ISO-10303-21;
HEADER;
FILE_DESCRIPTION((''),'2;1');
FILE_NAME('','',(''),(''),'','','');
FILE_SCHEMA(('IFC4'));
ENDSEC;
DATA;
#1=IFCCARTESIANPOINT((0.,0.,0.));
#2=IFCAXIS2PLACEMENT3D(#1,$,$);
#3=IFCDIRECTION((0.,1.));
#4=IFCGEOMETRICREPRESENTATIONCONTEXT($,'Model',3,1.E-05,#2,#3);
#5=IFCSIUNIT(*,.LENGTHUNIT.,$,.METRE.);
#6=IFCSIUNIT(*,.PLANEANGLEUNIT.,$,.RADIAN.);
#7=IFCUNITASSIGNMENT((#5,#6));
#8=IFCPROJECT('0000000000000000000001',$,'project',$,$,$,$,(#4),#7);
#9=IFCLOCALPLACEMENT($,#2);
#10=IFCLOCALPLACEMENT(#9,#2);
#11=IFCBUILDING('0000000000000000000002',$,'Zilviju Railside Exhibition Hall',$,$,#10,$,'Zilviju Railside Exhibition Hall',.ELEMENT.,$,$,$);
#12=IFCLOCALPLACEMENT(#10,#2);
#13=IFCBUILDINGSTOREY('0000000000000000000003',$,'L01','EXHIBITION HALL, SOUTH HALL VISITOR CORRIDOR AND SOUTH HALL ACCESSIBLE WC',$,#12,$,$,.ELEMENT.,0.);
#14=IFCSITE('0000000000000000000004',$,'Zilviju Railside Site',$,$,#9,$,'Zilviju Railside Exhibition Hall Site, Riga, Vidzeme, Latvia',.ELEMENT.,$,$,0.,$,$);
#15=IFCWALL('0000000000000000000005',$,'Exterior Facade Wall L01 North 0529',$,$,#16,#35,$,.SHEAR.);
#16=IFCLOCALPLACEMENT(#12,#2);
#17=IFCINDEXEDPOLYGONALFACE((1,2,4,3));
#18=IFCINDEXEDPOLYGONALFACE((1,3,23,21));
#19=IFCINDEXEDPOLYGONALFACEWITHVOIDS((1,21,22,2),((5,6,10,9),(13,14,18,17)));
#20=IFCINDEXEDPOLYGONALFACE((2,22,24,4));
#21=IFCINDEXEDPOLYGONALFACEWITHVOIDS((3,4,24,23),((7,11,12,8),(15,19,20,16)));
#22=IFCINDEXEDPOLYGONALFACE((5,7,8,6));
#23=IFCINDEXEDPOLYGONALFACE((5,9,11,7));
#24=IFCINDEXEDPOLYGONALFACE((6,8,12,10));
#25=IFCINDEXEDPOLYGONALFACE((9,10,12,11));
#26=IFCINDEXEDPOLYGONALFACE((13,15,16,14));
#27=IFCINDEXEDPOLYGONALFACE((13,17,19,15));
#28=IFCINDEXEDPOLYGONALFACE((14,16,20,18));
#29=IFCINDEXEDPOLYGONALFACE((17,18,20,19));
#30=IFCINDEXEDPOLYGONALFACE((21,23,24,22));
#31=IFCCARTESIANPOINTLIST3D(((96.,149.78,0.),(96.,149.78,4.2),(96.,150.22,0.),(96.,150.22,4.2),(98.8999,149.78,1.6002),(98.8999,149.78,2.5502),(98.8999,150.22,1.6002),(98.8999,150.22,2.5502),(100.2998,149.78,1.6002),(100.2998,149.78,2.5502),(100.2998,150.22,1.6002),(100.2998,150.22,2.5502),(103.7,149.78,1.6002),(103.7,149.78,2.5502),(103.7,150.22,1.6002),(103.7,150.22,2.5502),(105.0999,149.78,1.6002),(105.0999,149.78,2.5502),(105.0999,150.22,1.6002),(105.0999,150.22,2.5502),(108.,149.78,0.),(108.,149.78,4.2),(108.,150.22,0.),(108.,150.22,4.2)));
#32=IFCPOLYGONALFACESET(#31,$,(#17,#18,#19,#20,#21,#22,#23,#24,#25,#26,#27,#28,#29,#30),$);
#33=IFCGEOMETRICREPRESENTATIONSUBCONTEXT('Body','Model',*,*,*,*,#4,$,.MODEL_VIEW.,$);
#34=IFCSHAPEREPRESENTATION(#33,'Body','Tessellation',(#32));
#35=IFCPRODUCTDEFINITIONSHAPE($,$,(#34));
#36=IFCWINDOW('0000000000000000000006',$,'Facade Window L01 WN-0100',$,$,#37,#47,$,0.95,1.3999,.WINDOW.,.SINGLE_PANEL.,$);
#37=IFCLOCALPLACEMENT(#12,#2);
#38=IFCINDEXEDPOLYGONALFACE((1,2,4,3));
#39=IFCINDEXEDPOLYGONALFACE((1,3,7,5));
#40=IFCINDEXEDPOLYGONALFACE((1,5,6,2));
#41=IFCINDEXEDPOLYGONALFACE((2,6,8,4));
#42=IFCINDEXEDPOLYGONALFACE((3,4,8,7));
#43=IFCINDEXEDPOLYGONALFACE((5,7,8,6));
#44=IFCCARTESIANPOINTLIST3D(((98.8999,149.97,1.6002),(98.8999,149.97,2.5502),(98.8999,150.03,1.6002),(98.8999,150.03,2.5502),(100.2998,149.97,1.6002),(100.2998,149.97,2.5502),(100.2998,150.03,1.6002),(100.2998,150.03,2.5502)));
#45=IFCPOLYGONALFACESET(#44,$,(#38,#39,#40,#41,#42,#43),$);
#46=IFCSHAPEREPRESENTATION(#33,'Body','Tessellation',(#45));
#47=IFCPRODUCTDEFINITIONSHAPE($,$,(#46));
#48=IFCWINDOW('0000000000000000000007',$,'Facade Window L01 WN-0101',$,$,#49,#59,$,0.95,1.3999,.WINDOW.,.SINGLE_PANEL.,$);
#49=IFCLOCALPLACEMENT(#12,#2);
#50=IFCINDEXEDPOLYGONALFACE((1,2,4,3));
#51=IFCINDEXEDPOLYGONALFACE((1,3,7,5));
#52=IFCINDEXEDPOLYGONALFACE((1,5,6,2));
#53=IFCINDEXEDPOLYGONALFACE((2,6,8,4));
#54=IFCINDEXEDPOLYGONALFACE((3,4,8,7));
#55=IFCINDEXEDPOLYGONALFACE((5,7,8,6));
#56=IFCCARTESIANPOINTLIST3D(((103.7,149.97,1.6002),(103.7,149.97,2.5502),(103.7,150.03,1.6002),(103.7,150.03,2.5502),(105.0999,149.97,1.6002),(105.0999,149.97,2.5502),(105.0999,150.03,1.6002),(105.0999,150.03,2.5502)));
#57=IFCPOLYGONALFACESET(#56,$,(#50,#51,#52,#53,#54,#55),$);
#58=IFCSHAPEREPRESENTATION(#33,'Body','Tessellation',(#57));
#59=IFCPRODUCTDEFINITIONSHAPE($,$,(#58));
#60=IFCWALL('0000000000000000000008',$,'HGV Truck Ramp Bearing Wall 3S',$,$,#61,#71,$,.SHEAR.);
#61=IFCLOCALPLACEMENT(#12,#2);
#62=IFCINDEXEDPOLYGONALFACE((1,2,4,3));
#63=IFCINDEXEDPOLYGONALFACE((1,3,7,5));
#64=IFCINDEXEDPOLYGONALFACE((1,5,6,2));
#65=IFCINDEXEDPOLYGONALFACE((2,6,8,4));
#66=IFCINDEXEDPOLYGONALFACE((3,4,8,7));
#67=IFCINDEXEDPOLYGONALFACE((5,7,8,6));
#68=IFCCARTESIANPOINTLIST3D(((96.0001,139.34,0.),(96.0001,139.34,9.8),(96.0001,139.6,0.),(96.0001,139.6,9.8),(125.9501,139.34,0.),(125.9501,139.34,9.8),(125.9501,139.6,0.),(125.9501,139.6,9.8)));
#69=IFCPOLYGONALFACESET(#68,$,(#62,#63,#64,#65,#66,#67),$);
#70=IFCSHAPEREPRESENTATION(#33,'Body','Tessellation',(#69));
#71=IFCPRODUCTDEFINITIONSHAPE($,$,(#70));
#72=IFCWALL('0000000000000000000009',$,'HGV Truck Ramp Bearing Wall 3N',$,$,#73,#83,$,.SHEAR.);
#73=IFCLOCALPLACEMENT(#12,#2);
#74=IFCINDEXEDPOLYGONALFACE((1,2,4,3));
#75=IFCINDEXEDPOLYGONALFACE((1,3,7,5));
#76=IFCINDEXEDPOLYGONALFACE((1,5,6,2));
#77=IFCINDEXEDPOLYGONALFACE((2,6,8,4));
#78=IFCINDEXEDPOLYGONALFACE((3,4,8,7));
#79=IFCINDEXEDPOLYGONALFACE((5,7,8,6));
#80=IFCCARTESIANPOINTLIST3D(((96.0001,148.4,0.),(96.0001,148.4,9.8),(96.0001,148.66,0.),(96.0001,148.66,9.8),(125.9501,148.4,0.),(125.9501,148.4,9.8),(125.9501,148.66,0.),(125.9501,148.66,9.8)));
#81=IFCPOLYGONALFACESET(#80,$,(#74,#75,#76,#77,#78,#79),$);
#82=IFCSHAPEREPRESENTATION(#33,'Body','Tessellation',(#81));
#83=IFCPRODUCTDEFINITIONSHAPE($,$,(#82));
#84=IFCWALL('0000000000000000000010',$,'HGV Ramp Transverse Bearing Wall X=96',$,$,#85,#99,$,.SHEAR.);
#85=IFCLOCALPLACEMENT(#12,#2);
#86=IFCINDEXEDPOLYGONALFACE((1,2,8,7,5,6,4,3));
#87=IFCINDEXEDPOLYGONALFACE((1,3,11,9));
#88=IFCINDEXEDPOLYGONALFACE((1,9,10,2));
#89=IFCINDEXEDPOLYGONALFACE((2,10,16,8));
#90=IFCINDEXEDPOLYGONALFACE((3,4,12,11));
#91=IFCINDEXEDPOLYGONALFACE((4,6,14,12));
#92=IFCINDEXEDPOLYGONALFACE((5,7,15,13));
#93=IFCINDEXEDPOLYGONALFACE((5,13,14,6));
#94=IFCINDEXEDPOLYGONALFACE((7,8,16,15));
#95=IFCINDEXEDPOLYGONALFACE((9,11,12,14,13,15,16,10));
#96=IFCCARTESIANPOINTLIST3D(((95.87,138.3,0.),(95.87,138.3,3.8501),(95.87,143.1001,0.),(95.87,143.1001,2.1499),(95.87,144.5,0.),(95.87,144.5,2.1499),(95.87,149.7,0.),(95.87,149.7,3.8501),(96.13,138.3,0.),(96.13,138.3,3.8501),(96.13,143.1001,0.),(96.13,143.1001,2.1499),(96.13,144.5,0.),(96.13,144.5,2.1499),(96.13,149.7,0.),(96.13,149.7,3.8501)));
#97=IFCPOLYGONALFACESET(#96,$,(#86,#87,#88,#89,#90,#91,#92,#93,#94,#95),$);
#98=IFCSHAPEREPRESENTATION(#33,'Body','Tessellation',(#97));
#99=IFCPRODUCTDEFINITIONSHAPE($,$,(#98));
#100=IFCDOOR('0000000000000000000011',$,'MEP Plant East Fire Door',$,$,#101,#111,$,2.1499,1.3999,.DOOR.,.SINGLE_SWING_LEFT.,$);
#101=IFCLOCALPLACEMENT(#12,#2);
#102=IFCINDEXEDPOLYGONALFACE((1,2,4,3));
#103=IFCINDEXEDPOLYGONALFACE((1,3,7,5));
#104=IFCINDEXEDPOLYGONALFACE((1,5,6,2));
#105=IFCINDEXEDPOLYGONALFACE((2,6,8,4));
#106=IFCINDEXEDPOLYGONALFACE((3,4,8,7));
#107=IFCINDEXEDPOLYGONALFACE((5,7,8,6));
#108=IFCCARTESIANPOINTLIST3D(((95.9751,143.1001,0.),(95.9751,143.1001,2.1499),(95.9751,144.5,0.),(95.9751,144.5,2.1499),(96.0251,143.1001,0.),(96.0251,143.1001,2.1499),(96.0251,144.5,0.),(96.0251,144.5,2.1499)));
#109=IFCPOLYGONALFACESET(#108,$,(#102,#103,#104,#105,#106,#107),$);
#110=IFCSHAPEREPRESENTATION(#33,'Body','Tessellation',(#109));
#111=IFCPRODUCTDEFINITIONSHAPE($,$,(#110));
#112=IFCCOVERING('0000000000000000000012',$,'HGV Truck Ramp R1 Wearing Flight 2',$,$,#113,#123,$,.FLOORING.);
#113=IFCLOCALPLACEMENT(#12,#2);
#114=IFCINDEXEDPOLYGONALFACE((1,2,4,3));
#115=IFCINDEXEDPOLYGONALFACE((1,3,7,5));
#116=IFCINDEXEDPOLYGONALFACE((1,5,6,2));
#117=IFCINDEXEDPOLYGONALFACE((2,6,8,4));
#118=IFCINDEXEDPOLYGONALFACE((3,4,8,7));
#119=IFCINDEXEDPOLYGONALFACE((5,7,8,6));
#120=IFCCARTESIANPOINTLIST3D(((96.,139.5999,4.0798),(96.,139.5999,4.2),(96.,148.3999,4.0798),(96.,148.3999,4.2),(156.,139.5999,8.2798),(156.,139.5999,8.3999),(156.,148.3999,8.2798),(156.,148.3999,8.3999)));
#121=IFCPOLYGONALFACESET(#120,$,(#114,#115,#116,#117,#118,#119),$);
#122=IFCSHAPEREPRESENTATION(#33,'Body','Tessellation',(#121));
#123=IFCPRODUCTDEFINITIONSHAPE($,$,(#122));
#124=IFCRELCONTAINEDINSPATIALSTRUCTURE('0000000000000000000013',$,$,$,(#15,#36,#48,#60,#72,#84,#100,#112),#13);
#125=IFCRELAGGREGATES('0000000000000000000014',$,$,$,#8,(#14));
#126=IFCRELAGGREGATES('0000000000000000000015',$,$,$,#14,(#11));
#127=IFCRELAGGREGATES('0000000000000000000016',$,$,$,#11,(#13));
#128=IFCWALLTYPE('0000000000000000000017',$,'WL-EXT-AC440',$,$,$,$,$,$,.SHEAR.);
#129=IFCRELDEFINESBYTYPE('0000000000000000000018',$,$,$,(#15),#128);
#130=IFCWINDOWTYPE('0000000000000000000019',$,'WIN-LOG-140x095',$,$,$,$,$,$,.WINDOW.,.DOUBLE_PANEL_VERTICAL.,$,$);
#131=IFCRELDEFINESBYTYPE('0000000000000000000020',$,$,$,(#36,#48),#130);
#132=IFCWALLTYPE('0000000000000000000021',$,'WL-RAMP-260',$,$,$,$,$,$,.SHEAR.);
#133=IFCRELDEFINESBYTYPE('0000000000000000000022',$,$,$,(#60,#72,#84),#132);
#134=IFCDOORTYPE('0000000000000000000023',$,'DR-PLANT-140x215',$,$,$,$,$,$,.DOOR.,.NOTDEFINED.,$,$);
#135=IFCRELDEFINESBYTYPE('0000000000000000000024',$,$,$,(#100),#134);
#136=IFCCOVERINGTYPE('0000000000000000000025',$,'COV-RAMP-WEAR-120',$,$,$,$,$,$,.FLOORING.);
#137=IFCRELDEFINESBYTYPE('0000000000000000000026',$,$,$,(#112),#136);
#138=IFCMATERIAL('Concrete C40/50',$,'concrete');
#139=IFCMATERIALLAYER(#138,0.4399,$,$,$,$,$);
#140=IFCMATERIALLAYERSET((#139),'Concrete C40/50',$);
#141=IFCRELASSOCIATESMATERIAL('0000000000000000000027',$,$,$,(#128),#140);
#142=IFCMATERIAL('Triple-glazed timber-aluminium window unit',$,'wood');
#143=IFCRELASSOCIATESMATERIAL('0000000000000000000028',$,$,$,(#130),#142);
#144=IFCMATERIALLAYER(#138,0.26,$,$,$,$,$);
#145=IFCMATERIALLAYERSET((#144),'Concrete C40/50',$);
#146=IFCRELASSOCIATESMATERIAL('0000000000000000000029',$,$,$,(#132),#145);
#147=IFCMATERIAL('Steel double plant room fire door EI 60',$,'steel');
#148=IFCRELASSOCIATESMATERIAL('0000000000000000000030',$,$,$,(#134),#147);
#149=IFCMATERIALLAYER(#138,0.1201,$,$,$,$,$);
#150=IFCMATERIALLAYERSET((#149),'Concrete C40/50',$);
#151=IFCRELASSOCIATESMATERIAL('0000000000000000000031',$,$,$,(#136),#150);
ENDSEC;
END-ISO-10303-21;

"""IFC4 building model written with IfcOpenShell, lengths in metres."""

from ifc_helpers import new_model, si_unit, direction, frame, frame_2d, origin, place, context, subcontext, project, spatial, polyline, rectangle, outline, extrude, material, layer, layer_set, type_object, element, fill, save


model = new_model("IFC4")

# Units and contexts
model_context = context("Model", 3, precision=1e-05, world=origin(), true_north=direction((0.0, 1.0)))
body_context = subcontext(model_context, "Body", "Model", "MODEL_VIEW")
ifc_project = project(units=[si_unit("LENGTHUNIT", "METRE"), si_unit("PLANEANGLEUNIT", "RADIAN")], contexts=[model_context])

# Site, building, storey
site_placement = place(None, origin())
site = spatial("IfcSite", under=ifc_project, at=site_placement, Name="Zilviju Railside Site", LongName="Zilviju Railside Exhibition Hall Site, Riga, Vidzeme, Latvia", CompositionType="ELEMENT", RefElevation=0.0)
building_placement = place(site_placement, origin())
building = spatial("IfcBuilding", under=site, at=building_placement, Name="Zilviju Railside Exhibition Hall", LongName="Zilviju Railside Exhibition Hall", CompositionType="ELEMENT")
storey_placement = place(building_placement, origin())
storey = spatial("IfcBuildingStorey", under=building, at=storey_placement, Name="L01", Description="EXHIBITION HALL, SOUTH HALL VISITOR CORRIDOR AND SOUTH HALL ACCESSIBLE WC", CompositionType="ELEMENT", Elevation=0.0)

# Shared definitions
ifc_material_1 = material(Name="Concrete C40/50", Category="concrete")

# Wall, openings, windows
ifc_layer_1 = layer(ifc_material_1, 0.4399)
ifc_layer_set_1 = layer_set([ifc_layer_1], Name="Concrete C40/50")
wall_type_1 = type_object("IfcWallType", Name="WL-EXT-AC440", PredefinedType="SHEAR", material=ifc_layer_set_1)
wall_1_placement = place(storey_placement, frame((96.0, 150.0, 0.0), z_axis=(0.0, 0.0, 1.0), x_axis=(1.0, 0.0, 0.0)))
wall_1 = element("IfcWall", 1, at=wall_1_placement, inside=storey, type_object=wall_type_1, Name="Exterior Facade Wall L01 North 0529", PredefinedType="SHEAR", context=body_context, shape_type="SweptSolid", body=[
    extrude(rectangle(XDim=12.0, YDim=0.4399, at=frame_2d((6.0, 0.0))), origin(), (0.0, 0.0, 1.0), 4.2),
])
opening_1_placement = place(wall_1_placement, frame((2.8999, 0.0, 1.6001)))
opening_1 = element("IfcOpeningElement", 2, at=opening_1_placement, cuts=wall_1, PredefinedType="OPENING", context=body_context, shape_type="SweptSolid", body=[
    extrude(rectangle(XDim=1.3999, YDim=0.95, at=frame_2d((0.7, 0.4751))), frame((0.0, 0.23, 0.0), z_axis=(0.0, -1.0, 0.0), x_axis=(1.0, 0.0, 0.0)), (0.0, 0.0, 1.0), 0.46),
])
opening_2_placement = place(wall_1_placement, frame((7.7, 0.0, 1.6001)))
opening_2 = element("IfcOpeningElement", 3, at=opening_2_placement, cuts=wall_1, PredefinedType="OPENING", context=body_context, shape_type="SweptSolid", body=[
    extrude(rectangle(XDim=1.3999, YDim=0.95, at=frame_2d((0.7, 0.4751))), frame((0.0, 0.23, 0.0), z_axis=(0.0, -1.0, 0.0), x_axis=(1.0, 0.0, 0.0)), (0.0, 0.0, 1.0), 0.46),
])
ifc_material_2 = material(Name="Triple-glazed timber-aluminium window unit", Category="wood")
window_type = type_object("IfcWindowType", Name="WIN-LOG-140x095", PartitioningType="DOUBLE_PANEL_VERTICAL", PredefinedType="WINDOW", material=ifc_material_2)
window_1_placement = place(opening_1_placement, origin())
window_1 = element("IfcWindow", 4, at=window_1_placement, inside=storey, type_object=window_type, Name="Facade Window L01 WN-0100", OverallHeight=0.95, OverallWidth=1.3999, PartitioningType="SINGLE_PANEL", PredefinedType="WINDOW", context=body_context, shape_type="SweptSolid", body=[
    extrude(rectangle(XDim=1.3999, YDim=0.95, at=frame_2d((0.7, 0.4751))), frame((0.0, 0.03, 0.0), z_axis=(0.0, -1.0, 0.0), x_axis=(1.0, 0.0, 0.0)), (0.0, 0.0, 1.0), 0.0601),
])
fill(opening_1, window_1)
window_2_placement = place(opening_2_placement, origin())
window_2 = element("IfcWindow", 5, at=window_2_placement, inside=storey, type_object=window_type, Name="Facade Window L01 WN-0101", OverallHeight=0.95, OverallWidth=1.3999, PartitioningType="SINGLE_PANEL", PredefinedType="WINDOW", context=body_context, shape_type="SweptSolid", body=[
    extrude(rectangle(XDim=1.3999, YDim=0.95, at=frame_2d((0.7, 0.4751))), frame((0.0, 0.03, 0.0), z_axis=(0.0, -1.0, 0.0), x_axis=(1.0, 0.0, 0.0)), (0.0, 0.0, 1.0), 0.0601),
])
fill(opening_2, window_2)

# Walls
ifc_layer_2 = layer(ifc_material_1, 0.26)
ifc_layer_set_2 = layer_set([ifc_layer_2], Name="Concrete C40/50")
wall_type_2 = type_object("IfcWallType", Name="WL-RAMP-260", PredefinedType="SHEAR", material=ifc_layer_set_2)
for number, where, z_axis, x_axis, name in (
    (6, (96.0, 139.47, 0.0), (0.0, 0.0, 1.0), (1.0, 0.0, 0.0), "HGV Truck Ramp Bearing Wall 3S"),
    (7, (96.0, 148.53, 0.0), (0.0, 0.0, 1.0), (1.0, 0.0, 0.0), "HGV Truck Ramp Bearing Wall 3N"),
):
    element("IfcWall", number, at=place(storey_placement, frame(where, z_axis=z_axis, x_axis=x_axis)), inside=storey, type_object=wall_type_2, Name=name, PredefinedType="SHEAR", context=body_context, shape_type="SweptSolid", body=[
        extrude(rectangle(XDim=29.95, YDim=0.26, at=frame_2d((14.9751, 0.0))), origin(), (0.0, 0.0, 1.0), 9.8),
    ])

# Wall, opening, door
wall_2_placement = place(storey_placement, frame((96.0, 138.3, 0.0), z_axis=(0.0, 0.0, 1.0), x_axis=(0.0, 1.0, 0.0)))
wall_2 = element("IfcWall", 8, at=wall_2_placement, inside=storey, type_object=wall_type_2, Name="HGV Ramp Transverse Bearing Wall X=96", PredefinedType="SHEAR", context=body_context, shape_type="SweptSolid", body=[
    extrude(rectangle(XDim=11.3999, YDim=0.26, at=frame_2d((5.7, 0.0))), origin(), (0.0, 0.0, 1.0), 3.8501),
])
opening_3_placement = place(wall_2_placement, frame((4.8, 0.0, 0.0)))
opening_3 = element("IfcOpeningElement", 9, at=opening_3_placement, cuts=wall_2, PredefinedType="OPENING", context=body_context, shape_type="SweptSolid", body=[
    extrude(rectangle(XDim=1.3999, YDim=2.1499, at=frame_2d((0.7, 1.075))), frame((0.0, 0.1399, 0.0), z_axis=(0.0, -1.0, 0.0), x_axis=(1.0, 0.0, 0.0)), (0.0, 0.0, 1.0), 0.28),
])
ifc_material_3 = material(Name="Steel double plant room fire door EI 60", Category="steel")
door_type_1 = type_object("IfcDoorType", Name="DR-PLANT-140x215", OperationType="NOTDEFINED", PredefinedType="DOOR", material=ifc_material_3)
door_1_placement = place(opening_3_placement, origin())
door_1 = element("IfcDoor", 10, at=door_1_placement, inside=storey, type_object=door_type_1, Name="MEP Plant East Fire Door", OperationType="SINGLE_SWING_LEFT", OverallHeight=2.1499, OverallWidth=1.3999, PredefinedType="DOOR", context=body_context, shape_type="SweptSolid", body=[
    extrude(rectangle(XDim=1.3999, YDim=2.1499, at=frame_2d((0.7, 1.075))), frame((0.0, 0.0249, 0.0), z_axis=(0.0, -1.0, 0.0), x_axis=(1.0, 0.0, 0.0)), (0.0, 0.0, 1.0), 0.05),
])
fill(opening_3, door_1)

# Covering
ifc_layer_3 = layer(ifc_material_1, 0.1201)
ifc_layer_set_3 = layer_set([ifc_layer_3], Name="Concrete C40/50")
covering_type = type_object("IfcCoveringType", Name="COV-RAMP-WEAR-120", PredefinedType="FLOORING", material=ifc_layer_set_3)
covering_placement = place(storey_placement, frame((96.0, 144.0, 4.2), z_axis=(0.0, 0.0, 1.0), x_axis=(1.0, 0.0, 0.0)))
element("IfcCovering", 11, at=covering_placement, inside=storey, type_object=covering_type, Name="HGV Truck Ramp R1 Wearing Flight 2", PredefinedType="FLOORING", context=body_context, shape_type="SweptSolid", body=[
    extrude(outline(polyline([(0.0, -0.1201), (0.0, 0.0), (60.0, 4.2), (60.0, 4.0798), (0.0, -0.1201)])), frame((0.0, 4.3999, 0.0), z_axis=(0.0, -1.0, 0.0), x_axis=(1.0, 0.0, 0.0)), (0.0, 0.0, 1.0), 8.8),
])

save(model, "model.ifc")
